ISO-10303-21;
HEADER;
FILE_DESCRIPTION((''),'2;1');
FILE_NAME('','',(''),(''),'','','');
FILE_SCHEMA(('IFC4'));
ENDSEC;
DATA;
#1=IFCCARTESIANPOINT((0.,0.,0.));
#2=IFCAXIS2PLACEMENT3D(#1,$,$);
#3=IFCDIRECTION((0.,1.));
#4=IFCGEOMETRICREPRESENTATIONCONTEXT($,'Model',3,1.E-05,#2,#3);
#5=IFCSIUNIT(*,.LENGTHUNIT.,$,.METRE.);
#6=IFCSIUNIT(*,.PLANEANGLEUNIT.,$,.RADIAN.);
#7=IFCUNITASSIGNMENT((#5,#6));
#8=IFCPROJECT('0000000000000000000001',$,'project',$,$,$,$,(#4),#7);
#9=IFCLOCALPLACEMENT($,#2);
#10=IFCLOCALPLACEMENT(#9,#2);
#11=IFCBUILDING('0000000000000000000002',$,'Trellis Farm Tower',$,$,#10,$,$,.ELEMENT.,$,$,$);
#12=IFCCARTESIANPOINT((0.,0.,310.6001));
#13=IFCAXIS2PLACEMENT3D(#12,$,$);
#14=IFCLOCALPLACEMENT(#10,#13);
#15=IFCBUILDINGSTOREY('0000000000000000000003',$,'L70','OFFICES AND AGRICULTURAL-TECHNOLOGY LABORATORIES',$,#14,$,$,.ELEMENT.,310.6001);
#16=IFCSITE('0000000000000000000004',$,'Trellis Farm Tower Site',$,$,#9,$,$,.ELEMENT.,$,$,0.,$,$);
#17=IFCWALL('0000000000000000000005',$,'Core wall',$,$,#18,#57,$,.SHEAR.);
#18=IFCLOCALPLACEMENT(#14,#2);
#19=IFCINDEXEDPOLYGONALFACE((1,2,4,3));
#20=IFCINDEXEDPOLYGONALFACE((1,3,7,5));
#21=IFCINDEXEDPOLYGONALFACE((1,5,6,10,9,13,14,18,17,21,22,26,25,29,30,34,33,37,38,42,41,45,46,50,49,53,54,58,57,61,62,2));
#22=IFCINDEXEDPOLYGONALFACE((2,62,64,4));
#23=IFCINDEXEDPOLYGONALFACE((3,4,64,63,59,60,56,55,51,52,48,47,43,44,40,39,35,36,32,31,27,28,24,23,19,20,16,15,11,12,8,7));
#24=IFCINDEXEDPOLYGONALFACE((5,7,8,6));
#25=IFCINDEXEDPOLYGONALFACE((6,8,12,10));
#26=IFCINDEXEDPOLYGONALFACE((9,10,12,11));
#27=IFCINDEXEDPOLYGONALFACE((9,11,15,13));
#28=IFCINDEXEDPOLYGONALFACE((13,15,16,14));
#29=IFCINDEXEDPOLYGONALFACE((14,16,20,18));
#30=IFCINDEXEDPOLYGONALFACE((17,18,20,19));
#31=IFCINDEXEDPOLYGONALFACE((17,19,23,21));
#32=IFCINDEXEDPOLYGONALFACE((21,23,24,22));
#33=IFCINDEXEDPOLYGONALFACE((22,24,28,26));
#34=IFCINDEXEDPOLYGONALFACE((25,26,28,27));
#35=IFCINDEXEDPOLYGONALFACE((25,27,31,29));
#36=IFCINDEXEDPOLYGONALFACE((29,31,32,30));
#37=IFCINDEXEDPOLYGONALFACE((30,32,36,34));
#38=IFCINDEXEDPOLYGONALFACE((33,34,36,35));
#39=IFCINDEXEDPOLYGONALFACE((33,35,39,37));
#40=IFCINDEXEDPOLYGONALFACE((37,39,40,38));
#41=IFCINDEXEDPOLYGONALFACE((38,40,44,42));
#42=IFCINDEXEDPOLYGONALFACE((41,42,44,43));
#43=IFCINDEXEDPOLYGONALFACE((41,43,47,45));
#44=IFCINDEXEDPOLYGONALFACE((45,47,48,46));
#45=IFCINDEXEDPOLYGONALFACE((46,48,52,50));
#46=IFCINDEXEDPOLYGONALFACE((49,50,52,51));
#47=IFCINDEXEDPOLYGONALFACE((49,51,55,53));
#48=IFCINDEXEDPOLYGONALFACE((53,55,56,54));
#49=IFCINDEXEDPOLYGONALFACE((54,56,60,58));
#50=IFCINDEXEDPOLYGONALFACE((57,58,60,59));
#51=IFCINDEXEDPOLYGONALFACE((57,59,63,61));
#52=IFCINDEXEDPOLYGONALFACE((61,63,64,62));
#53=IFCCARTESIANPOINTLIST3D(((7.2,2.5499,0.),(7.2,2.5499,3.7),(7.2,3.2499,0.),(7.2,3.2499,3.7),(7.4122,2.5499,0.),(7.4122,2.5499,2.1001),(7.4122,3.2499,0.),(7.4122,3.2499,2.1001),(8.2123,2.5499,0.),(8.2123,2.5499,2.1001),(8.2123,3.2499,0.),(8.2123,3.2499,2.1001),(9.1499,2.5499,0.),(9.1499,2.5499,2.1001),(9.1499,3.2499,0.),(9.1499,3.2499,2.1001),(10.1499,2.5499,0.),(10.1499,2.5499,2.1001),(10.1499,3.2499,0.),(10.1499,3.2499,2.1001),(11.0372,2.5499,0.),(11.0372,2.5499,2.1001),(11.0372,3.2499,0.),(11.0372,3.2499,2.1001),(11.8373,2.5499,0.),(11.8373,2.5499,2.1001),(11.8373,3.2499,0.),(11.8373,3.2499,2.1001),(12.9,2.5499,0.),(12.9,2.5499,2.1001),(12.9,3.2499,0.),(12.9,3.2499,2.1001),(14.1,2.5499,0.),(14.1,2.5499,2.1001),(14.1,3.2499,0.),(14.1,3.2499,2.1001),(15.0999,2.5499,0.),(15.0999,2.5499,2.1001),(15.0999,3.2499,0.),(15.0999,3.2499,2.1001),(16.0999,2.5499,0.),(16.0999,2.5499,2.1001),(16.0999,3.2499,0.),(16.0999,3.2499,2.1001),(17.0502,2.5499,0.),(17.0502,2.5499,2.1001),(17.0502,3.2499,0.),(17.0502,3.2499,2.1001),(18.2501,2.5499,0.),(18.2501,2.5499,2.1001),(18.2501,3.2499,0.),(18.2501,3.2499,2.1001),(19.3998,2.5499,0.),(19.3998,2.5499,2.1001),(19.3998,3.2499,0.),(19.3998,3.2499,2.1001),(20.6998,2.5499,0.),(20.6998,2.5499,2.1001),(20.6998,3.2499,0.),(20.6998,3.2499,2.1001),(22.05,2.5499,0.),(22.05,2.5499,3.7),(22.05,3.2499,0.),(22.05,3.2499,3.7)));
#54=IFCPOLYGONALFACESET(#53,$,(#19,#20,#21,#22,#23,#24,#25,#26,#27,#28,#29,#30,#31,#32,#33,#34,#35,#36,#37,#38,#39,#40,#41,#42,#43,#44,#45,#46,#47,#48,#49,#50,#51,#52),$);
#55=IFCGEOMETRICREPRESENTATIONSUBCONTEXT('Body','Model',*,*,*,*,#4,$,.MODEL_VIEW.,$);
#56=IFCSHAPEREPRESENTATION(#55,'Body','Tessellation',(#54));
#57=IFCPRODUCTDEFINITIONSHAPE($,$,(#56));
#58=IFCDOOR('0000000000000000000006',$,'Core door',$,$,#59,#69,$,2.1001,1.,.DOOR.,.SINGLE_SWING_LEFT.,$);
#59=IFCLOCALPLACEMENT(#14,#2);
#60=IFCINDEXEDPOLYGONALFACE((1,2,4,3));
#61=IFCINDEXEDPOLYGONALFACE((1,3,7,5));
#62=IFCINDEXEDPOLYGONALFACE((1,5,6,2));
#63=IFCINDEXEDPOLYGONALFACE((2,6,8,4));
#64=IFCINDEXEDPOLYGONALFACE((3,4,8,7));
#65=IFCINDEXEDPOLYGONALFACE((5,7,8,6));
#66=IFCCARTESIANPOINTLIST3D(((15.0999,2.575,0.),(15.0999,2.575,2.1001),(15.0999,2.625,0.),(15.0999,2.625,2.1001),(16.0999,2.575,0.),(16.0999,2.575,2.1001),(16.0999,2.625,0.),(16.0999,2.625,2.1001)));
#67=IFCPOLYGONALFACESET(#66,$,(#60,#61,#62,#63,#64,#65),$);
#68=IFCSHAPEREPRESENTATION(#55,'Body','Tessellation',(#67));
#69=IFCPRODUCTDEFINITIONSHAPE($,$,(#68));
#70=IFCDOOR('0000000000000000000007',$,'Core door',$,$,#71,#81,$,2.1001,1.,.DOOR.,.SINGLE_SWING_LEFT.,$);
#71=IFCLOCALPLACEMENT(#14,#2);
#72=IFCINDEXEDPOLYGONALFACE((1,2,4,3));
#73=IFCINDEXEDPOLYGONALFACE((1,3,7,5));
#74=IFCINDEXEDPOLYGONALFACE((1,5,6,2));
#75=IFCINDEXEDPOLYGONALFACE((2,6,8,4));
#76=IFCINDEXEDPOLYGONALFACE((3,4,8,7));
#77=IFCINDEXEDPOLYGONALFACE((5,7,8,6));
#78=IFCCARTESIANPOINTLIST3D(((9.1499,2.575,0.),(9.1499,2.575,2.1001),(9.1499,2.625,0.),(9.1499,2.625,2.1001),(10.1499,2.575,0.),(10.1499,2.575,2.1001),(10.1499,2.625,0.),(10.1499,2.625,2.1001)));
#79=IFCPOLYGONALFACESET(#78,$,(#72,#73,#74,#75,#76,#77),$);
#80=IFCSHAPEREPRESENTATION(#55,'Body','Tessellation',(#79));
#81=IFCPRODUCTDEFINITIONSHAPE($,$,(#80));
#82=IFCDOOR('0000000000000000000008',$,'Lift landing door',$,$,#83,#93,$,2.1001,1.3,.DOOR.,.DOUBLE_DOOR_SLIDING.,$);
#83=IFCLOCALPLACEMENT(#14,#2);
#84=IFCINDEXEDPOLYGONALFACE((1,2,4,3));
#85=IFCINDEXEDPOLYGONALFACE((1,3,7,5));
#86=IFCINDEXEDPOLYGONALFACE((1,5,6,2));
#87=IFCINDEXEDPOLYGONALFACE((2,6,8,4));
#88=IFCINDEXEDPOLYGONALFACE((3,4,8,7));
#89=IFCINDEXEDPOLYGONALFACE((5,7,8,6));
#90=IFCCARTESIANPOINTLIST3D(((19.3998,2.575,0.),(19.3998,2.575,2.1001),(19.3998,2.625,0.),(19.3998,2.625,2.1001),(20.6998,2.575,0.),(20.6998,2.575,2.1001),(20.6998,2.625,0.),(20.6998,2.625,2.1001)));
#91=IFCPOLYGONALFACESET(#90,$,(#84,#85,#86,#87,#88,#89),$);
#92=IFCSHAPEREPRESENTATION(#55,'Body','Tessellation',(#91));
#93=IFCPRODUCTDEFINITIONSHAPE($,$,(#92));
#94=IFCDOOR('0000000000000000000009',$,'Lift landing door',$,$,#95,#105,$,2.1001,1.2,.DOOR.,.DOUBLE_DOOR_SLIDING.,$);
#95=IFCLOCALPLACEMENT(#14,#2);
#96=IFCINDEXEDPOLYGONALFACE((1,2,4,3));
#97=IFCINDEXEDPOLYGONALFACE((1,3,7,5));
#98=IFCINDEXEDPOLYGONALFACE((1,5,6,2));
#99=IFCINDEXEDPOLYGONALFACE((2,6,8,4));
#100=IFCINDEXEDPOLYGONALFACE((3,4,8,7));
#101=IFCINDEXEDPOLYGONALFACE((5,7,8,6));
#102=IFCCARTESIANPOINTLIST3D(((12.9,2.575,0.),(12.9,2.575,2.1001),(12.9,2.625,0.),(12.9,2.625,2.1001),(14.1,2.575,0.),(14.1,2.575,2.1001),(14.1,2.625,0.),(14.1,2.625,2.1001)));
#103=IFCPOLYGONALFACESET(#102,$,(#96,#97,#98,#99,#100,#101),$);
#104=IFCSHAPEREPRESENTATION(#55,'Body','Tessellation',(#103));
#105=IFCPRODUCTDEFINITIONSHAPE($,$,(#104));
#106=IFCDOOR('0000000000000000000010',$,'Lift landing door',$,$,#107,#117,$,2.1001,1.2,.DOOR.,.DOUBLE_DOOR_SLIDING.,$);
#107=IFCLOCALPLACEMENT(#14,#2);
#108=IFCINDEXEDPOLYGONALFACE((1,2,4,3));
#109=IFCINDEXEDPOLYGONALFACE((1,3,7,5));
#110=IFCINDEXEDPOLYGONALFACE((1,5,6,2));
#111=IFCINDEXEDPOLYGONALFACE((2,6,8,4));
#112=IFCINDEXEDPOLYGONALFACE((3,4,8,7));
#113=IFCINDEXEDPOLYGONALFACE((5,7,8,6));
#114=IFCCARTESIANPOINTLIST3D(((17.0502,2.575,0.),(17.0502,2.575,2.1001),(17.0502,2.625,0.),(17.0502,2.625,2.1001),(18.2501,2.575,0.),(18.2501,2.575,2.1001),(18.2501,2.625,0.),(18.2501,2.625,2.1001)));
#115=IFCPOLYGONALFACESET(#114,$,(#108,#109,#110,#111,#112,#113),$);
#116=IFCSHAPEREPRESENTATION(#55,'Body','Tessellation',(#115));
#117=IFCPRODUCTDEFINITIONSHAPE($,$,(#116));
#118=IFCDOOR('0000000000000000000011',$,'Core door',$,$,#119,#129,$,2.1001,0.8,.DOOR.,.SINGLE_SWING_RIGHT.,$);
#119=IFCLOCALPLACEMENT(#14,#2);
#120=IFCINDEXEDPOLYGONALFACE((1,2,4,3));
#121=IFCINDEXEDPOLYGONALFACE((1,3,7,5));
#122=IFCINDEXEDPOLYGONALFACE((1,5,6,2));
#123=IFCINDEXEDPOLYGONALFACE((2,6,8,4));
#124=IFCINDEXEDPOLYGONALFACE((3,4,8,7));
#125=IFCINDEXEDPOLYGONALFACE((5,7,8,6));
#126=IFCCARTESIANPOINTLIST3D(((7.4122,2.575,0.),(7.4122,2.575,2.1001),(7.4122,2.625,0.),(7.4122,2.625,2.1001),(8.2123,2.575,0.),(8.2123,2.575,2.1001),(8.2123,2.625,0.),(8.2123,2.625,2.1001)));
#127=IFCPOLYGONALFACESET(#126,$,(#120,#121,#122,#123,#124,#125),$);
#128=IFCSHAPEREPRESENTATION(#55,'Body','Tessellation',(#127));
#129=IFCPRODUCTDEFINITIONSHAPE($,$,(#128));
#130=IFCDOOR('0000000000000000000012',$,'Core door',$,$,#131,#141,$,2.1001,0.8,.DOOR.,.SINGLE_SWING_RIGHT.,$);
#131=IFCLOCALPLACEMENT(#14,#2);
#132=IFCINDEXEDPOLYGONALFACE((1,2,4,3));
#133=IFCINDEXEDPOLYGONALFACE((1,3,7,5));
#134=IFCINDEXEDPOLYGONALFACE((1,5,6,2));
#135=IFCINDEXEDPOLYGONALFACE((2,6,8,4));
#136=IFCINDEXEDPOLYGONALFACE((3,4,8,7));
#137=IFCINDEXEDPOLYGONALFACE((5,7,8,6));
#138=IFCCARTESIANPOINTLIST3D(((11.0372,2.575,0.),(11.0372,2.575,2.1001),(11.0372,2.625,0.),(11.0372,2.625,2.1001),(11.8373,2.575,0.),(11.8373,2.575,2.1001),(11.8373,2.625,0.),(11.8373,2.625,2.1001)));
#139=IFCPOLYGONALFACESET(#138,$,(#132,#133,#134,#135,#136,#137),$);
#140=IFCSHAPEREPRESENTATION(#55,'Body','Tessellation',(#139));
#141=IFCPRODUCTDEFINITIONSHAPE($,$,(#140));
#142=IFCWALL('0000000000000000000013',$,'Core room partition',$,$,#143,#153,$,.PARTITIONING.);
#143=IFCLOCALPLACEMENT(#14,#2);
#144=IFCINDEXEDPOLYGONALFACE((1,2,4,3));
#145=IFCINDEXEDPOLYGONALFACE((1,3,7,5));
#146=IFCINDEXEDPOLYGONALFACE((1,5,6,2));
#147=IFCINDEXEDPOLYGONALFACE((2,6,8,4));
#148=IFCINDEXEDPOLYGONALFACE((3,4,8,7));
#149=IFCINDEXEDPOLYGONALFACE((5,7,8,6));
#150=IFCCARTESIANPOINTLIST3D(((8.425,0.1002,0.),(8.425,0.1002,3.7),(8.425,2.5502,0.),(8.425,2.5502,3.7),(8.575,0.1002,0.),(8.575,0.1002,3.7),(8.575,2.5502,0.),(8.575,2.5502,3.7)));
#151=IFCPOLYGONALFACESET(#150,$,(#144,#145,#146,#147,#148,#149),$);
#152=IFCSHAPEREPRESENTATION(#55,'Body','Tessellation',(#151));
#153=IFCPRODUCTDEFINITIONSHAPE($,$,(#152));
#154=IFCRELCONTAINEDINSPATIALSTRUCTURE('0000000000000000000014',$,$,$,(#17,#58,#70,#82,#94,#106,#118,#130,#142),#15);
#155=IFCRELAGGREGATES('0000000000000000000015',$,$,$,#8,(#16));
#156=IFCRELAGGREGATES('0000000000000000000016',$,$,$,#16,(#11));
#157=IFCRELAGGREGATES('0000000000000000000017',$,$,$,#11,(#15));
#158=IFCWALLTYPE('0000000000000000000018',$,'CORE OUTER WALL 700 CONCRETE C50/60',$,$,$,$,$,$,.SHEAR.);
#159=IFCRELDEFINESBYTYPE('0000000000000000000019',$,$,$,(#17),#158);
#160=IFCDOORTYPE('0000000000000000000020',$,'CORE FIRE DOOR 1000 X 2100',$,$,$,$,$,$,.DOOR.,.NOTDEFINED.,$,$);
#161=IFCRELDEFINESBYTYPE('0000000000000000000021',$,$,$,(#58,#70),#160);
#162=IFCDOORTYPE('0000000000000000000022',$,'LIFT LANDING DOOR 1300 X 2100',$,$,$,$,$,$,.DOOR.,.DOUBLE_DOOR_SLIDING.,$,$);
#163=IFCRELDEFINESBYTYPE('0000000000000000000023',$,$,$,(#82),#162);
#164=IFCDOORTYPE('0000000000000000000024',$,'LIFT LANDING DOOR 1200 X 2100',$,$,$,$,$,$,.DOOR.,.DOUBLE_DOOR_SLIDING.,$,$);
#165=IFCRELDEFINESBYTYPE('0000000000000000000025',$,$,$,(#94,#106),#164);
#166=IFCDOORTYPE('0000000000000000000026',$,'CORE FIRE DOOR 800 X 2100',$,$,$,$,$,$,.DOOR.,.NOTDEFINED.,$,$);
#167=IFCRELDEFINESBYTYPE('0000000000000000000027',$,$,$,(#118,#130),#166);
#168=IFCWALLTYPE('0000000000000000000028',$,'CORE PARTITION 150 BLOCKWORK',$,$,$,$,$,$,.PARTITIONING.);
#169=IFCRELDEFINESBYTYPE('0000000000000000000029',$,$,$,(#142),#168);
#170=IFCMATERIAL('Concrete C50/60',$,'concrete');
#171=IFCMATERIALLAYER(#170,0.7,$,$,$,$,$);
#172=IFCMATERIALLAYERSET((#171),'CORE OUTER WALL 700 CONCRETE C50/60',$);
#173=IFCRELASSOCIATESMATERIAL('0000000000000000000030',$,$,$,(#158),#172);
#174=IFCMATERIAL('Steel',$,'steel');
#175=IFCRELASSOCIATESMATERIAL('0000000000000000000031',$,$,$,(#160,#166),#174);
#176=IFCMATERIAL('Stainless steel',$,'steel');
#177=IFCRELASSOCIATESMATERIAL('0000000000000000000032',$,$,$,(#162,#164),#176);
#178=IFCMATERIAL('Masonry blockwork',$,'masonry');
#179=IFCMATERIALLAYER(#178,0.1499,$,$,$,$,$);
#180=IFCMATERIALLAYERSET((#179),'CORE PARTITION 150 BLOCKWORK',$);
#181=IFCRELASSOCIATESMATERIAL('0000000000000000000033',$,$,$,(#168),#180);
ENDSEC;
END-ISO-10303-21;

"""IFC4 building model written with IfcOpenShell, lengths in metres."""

from ifc_helpers import new_model, si_unit, direction, frame, frame_2d, origin, place, context, subcontext, project, spatial, rectangle, extrude, source, transform, mapped, material, layer, layer_set, type_object, element, fill, save


model = new_model("IFC4")

# Units and contexts
model_context = context("Model", 3, precision=1e-05, world=origin(), true_north=direction((0.0, 1.0)))
body_context = subcontext(model_context, "Body", "Model", "MODEL_VIEW")
ifc_project = project(units=[si_unit("LENGTHUNIT", "METRE"), si_unit("PLANEANGLEUNIT", "RADIAN")], contexts=[model_context])

# Site, building, storey
site_placement = place(None, origin())
site = spatial("IfcSite", under=ifc_project, at=site_placement, Name="Trellis Farm Tower Site", CompositionType="ELEMENT", RefElevation=0.0)
building_placement = place(site_placement, origin())
building = spatial("IfcBuilding", under=site, at=building_placement, Name="Trellis Farm Tower", CompositionType="ELEMENT")
storey_placement = place(building_placement, frame((0.0, 0.0, 310.6001)))
storey = spatial("IfcBuildingStorey", under=building, at=storey_placement, Name="L70", Description="OFFICES AND AGRICULTURAL-TECHNOLOGY LABORATORIES", CompositionType="ELEMENT", Elevation=310.6001)

# Wall, openings, doors
ifc_material_1 = material(Name="Concrete C50/60", Category="concrete")
ifc_layer_1 = layer(ifc_material_1, 0.7)
ifc_layer_set_1 = layer_set([ifc_layer_1], Name="CORE OUTER WALL 700 CONCRETE C50/60")
wall_type_1 = type_object("IfcWallType", Name="CORE OUTER WALL 700 CONCRETE C50/60", PredefinedType="SHEAR", material=ifc_layer_set_1)
shared_shape_1 = source(origin(), body_context, "Body", "SweptSolid", [
    extrude(rectangle(XDim=14.8501, YDim=0.7, at=frame_2d((7.425, 0.0))), origin(), (0.0, 0.0, 1.0), 3.7),
])
wall_1_placement = place(storey_placement, frame((7.2, 2.8999, 0.0), z_axis=(0.0, 0.0, 1.0), x_axis=(1.0, 0.0, 0.0)))
wall_1 = element("IfcWall", 1, at=wall_1_placement, inside=storey, type_object=wall_type_1, Name="Core wall", PredefinedType="SHEAR", context=body_context, shape_type="MappedRepresentation", body=[
    mapped(shared_shape_1, transform((0.0, 0.0, 0.0))),
])
shared_shape_2 = source(origin(), body_context, "Body", "SweptSolid", [
    extrude(rectangle(XDim=1.2, YDim=2.1001, at=frame_2d((0.6001, 1.05))), frame((0.0, 0.3601, 0.0), z_axis=(0.0, -1.0, 0.0), x_axis=(1.0, 0.0, 0.0)), (0.0, 0.0, 1.0), 0.7202),
])
opening_1_placement = place(wall_1_placement, frame((5.7, 0.0, 0.0)))
opening_1 = element("IfcOpeningElement", 2, at=opening_1_placement, cuts=wall_1, PredefinedType="OPENING", context=body_context, shape_type="MappedRepresentation", body=[
    mapped(shared_shape_2, transform((0.0, 0.0, 0.0))),
])
shared_shape_3 = source(origin(), body_context, "Body", "SweptSolid", [
    extrude(rectangle(XDim=1.3, YDim=2.1001, at=frame_2d((0.6499, 1.05))), frame((0.0, 0.3601, 0.0), z_axis=(0.0, -1.0, 0.0), x_axis=(1.0, 0.0, 0.0)), (0.0, 0.0, 1.0), 0.7202),
])
opening_2_placement = place(wall_1_placement, frame((12.2, 0.0, 0.0)))
opening_2 = element("IfcOpeningElement", 3, at=opening_2_placement, cuts=wall_1, PredefinedType="OPENING", context=body_context, shape_type="MappedRepresentation", body=[
    mapped(shared_shape_3, transform((0.0, 0.0, 0.0))),
])
opening_3_placement = place(wall_1_placement, frame((9.8501, 0.0, 0.0)))
opening_3 = element("IfcOpeningElement", 4, at=opening_3_placement, cuts=wall_1, PredefinedType="OPENING", context=body_context, shape_type="MappedRepresentation", body=[
    mapped(shared_shape_2, transform((0.0, 0.0, 0.0))),
])
shared_shape_4 = source(origin(), body_context, "Body", "SweptSolid", [
    extrude(rectangle(XDim=1.0, YDim=2.1001, at=frame_2d((0.5, 1.05))), frame((0.0, 0.3601, 0.0), z_axis=(0.0, -1.0, 0.0), x_axis=(1.0, 0.0, 0.0)), (0.0, 0.0, 1.0), 0.7202),
])
opening_4_placement = place(wall_1_placement, frame((7.8999, 0.0, 0.0)))
opening_4 = element("IfcOpeningElement", 5, at=opening_4_placement, cuts=wall_1, PredefinedType="OPENING", context=body_context, shape_type="MappedRepresentation", body=[
    mapped(shared_shape_4, transform((0.0, 0.0, 0.0))),
])
shared_shape_5 = source(origin(), body_context, "Body", "SweptSolid", [
    extrude(rectangle(XDim=0.8, YDim=2.1001, at=frame_2d((0.3999, 1.05))), frame((0.0, 0.3601, 0.0), z_axis=(0.0, -1.0, 0.0), x_axis=(1.0, 0.0, 0.0)), (0.0, 0.0, 1.0), 0.7202),
])
opening_5_placement = place(wall_1_placement, frame((0.2124, 0.0, 0.0)))
opening_5 = element("IfcOpeningElement", 6, at=opening_5_placement, cuts=wall_1, PredefinedType="OPENING", context=body_context, shape_type="MappedRepresentation", body=[
    mapped(shared_shape_5, transform((0.0, 0.0, 0.0))),
])
opening_6_placement = place(wall_1_placement, frame((1.95, 0.0, 0.0)))
opening_6 = element("IfcOpeningElement", 7, at=opening_6_placement, cuts=wall_1, PredefinedType="OPENING", context=body_context, shape_type="MappedRepresentation", body=[
    mapped(shared_shape_4, transform((0.0, 0.0, 0.0))),
])
opening_7_placement = place(wall_1_placement, frame((3.8374, 0.0, 0.0)))
opening_7 = element("IfcOpeningElement", 8, at=opening_7_placement, cuts=wall_1, PredefinedType="OPENING", context=body_context, shape_type="MappedRepresentation", body=[
    mapped(shared_shape_5, transform((0.0, 0.0, 0.0))),
])
ifc_material_2 = material(Name="Steel", Category="steel")
door_type_1 = type_object("IfcDoorType", Name="CORE FIRE DOOR 1000 X 2100", OperationType="NOTDEFINED", PredefinedType="DOOR", material=ifc_material_2)
shared_shape_6 = source(origin(), body_context, "Body", "SweptSolid", [
    extrude(rectangle(XDim=1.0, YDim=2.1001, at=frame_2d((0.5, 1.05))), frame((0.0, -0.2749, 0.0), z_axis=(0.0, -1.0, 0.0), x_axis=(1.0, 0.0, 0.0)), (0.0, 0.0, 1.0), 0.05),
])
door_1_placement = place(opening_4_placement, origin())
door_1 = element("IfcDoor", 9, at=door_1_placement, inside=storey, type_object=door_type_1, Name="Core door", OperationType="SINGLE_SWING_LEFT", OverallHeight=2.1001, OverallWidth=1.0, PredefinedType="DOOR", context=body_context, shape_type="MappedRepresentation", body=[
    mapped(shared_shape_6, transform((0.0, 0.0, 0.0))),
])
fill(opening_4, door_1)
door_2_placement = place(opening_6_placement, origin())
door_2 = element("IfcDoor", 10, at=door_2_placement, inside=storey, type_object=door_type_1, Name="Core door", OperationType="SINGLE_SWING_LEFT", OverallHeight=2.1001, OverallWidth=1.0, PredefinedType="DOOR", context=body_context, shape_type="MappedRepresentation", body=[
    mapped(shared_shape_6, transform((0.0, 0.0, 0.0))),
])
fill(opening_6, door_2)
ifc_material_3 = material(Name="Stainless steel", Category="steel")
door_type_2 = type_object("IfcDoorType", Name="LIFT LANDING DOOR 1300 X 2100", OperationType="DOUBLE_DOOR_SLIDING", PredefinedType="DOOR", material=ifc_material_3)
shared_shape_7 = source(origin(), body_context, "Body", "SweptSolid", [
    extrude(rectangle(XDim=1.3, YDim=2.1001, at=frame_2d((0.6499, 1.05))), frame((0.0, -0.2749, 0.0), z_axis=(0.0, -1.0, 0.0), x_axis=(1.0, 0.0, 0.0)), (0.0, 0.0, 1.0), 0.05),
])
door_3_placement = place(opening_2_placement, origin())
door_3 = element("IfcDoor", 11, at=door_3_placement, inside=storey, type_object=door_type_2, Name="Lift landing door", OperationType="DOUBLE_DOOR_SLIDING", OverallHeight=2.1001, OverallWidth=1.3, PredefinedType="DOOR", context=body_context, shape_type="MappedRepresentation", body=[
    mapped(shared_shape_7, transform((0.0, 0.0, 0.0))),
])
fill(opening_2, door_3)
door_type_3 = type_object("IfcDoorType", Name="LIFT LANDING DOOR 1200 X 2100", OperationType="DOUBLE_DOOR_SLIDING", PredefinedType="DOOR", material=ifc_material_3)
shared_shape_8 = source(origin(), body_context, "Body", "SweptSolid", [
    extrude(rectangle(XDim=1.2, YDim=2.1001, at=frame_2d((0.6001, 1.05))), frame((0.0, -0.2749, 0.0), z_axis=(0.0, -1.0, 0.0), x_axis=(1.0, 0.0, 0.0)), (0.0, 0.0, 1.0), 0.05),
])
door_4_placement = place(opening_1_placement, origin())
door_4 = element("IfcDoor", 12, at=door_4_placement, inside=storey, type_object=door_type_3, Name="Lift landing door", OperationType="DOUBLE_DOOR_SLIDING", OverallHeight=2.1001, OverallWidth=1.2, PredefinedType="DOOR", context=body_context, shape_type="MappedRepresentation", body=[
    mapped(shared_shape_8, transform((0.0, 0.0, 0.0))),
])
fill(opening_1, door_4)
door_5_placement = place(opening_3_placement, origin())
door_5 = element("IfcDoor", 13, at=door_5_placement, inside=storey, type_object=door_type_3, Name="Lift landing door", OperationType="DOUBLE_DOOR_SLIDING", OverallHeight=2.1001, OverallWidth=1.2, PredefinedType="DOOR", context=body_context, shape_type="MappedRepresentation", body=[
    mapped(shared_shape_8, transform((0.0, 0.0, 0.0))),
])
fill(opening_3, door_5)
door_type_4 = type_object("IfcDoorType", Name="CORE FIRE DOOR 800 X 2100", OperationType="NOTDEFINED", PredefinedType="DOOR", material=ifc_material_2)
shared_shape_9 = source(origin(), body_context, "Body", "SweptSolid", [
    extrude(rectangle(XDim=0.8, YDim=2.1001, at=frame_2d((0.3999, 1.05))), frame((0.0, -0.2749, 0.0), z_axis=(0.0, -1.0, 0.0), x_axis=(1.0, 0.0, 0.0)), (0.0, 0.0, 1.0), 0.05),
])
door_6_placement = place(opening_5_placement, origin())
door_6 = element("IfcDoor", 14, at=door_6_placement, inside=storey, type_object=door_type_4, Name="Core door", OperationType="SINGLE_SWING_RIGHT", OverallHeight=2.1001, OverallWidth=0.8, PredefinedType="DOOR", context=body_context, shape_type="MappedRepresentation", body=[
    mapped(shared_shape_9, transform((0.0, 0.0, 0.0))),
])
fill(opening_5, door_6)
door_7_placement = place(opening_7_placement, origin())
door_7 = element("IfcDoor", 15, at=door_7_placement, inside=storey, type_object=door_type_4, Name="Core door", OperationType="SINGLE_SWING_RIGHT", OverallHeight=2.1001, OverallWidth=0.8, PredefinedType="DOOR", context=body_context, shape_type="MappedRepresentation", body=[
    mapped(shared_shape_9, transform((0.0, 0.0, 0.0))),
])
fill(opening_7, door_7)

# Wall
ifc_material_4 = material(Name="Masonry blockwork", Category="masonry")
ifc_layer_2 = layer(ifc_material_4, 0.1499)
ifc_layer_set_2 = layer_set([ifc_layer_2], Name="CORE PARTITION 150 BLOCKWORK")
wall_type_2 = type_object("IfcWallType", Name="CORE PARTITION 150 BLOCKWORK", PredefinedType="PARTITIONING", material=ifc_layer_set_2)
shared_shape_10 = source(origin(), body_context, "Body", "SweptSolid", [
    extrude(rectangle(XDim=2.45, YDim=0.1499, at=frame_2d((1.2251, 0.0))), origin(), (0.0, 0.0, 1.0), 3.7),
])
for number, where, z_axis, x_axis, name in (
    (16, (8.5, 0.1001, 0.0), (0.0, 0.0, 1.0), (0.0, 1.0, 0.0), "Core room partition"),
):
    element("IfcWall", number, at=place(storey_placement, frame(where, z_axis=z_axis, x_axis=x_axis)), inside=storey, type_object=wall_type_2, Name=name, PredefinedType="PARTITIONING", context=body_context, shape_type="MappedRepresentation", body=[
        mapped(shared_shape_10, transform((0.0, 0.0, 0.0))),
    ])

save(model, "model.ifc")
